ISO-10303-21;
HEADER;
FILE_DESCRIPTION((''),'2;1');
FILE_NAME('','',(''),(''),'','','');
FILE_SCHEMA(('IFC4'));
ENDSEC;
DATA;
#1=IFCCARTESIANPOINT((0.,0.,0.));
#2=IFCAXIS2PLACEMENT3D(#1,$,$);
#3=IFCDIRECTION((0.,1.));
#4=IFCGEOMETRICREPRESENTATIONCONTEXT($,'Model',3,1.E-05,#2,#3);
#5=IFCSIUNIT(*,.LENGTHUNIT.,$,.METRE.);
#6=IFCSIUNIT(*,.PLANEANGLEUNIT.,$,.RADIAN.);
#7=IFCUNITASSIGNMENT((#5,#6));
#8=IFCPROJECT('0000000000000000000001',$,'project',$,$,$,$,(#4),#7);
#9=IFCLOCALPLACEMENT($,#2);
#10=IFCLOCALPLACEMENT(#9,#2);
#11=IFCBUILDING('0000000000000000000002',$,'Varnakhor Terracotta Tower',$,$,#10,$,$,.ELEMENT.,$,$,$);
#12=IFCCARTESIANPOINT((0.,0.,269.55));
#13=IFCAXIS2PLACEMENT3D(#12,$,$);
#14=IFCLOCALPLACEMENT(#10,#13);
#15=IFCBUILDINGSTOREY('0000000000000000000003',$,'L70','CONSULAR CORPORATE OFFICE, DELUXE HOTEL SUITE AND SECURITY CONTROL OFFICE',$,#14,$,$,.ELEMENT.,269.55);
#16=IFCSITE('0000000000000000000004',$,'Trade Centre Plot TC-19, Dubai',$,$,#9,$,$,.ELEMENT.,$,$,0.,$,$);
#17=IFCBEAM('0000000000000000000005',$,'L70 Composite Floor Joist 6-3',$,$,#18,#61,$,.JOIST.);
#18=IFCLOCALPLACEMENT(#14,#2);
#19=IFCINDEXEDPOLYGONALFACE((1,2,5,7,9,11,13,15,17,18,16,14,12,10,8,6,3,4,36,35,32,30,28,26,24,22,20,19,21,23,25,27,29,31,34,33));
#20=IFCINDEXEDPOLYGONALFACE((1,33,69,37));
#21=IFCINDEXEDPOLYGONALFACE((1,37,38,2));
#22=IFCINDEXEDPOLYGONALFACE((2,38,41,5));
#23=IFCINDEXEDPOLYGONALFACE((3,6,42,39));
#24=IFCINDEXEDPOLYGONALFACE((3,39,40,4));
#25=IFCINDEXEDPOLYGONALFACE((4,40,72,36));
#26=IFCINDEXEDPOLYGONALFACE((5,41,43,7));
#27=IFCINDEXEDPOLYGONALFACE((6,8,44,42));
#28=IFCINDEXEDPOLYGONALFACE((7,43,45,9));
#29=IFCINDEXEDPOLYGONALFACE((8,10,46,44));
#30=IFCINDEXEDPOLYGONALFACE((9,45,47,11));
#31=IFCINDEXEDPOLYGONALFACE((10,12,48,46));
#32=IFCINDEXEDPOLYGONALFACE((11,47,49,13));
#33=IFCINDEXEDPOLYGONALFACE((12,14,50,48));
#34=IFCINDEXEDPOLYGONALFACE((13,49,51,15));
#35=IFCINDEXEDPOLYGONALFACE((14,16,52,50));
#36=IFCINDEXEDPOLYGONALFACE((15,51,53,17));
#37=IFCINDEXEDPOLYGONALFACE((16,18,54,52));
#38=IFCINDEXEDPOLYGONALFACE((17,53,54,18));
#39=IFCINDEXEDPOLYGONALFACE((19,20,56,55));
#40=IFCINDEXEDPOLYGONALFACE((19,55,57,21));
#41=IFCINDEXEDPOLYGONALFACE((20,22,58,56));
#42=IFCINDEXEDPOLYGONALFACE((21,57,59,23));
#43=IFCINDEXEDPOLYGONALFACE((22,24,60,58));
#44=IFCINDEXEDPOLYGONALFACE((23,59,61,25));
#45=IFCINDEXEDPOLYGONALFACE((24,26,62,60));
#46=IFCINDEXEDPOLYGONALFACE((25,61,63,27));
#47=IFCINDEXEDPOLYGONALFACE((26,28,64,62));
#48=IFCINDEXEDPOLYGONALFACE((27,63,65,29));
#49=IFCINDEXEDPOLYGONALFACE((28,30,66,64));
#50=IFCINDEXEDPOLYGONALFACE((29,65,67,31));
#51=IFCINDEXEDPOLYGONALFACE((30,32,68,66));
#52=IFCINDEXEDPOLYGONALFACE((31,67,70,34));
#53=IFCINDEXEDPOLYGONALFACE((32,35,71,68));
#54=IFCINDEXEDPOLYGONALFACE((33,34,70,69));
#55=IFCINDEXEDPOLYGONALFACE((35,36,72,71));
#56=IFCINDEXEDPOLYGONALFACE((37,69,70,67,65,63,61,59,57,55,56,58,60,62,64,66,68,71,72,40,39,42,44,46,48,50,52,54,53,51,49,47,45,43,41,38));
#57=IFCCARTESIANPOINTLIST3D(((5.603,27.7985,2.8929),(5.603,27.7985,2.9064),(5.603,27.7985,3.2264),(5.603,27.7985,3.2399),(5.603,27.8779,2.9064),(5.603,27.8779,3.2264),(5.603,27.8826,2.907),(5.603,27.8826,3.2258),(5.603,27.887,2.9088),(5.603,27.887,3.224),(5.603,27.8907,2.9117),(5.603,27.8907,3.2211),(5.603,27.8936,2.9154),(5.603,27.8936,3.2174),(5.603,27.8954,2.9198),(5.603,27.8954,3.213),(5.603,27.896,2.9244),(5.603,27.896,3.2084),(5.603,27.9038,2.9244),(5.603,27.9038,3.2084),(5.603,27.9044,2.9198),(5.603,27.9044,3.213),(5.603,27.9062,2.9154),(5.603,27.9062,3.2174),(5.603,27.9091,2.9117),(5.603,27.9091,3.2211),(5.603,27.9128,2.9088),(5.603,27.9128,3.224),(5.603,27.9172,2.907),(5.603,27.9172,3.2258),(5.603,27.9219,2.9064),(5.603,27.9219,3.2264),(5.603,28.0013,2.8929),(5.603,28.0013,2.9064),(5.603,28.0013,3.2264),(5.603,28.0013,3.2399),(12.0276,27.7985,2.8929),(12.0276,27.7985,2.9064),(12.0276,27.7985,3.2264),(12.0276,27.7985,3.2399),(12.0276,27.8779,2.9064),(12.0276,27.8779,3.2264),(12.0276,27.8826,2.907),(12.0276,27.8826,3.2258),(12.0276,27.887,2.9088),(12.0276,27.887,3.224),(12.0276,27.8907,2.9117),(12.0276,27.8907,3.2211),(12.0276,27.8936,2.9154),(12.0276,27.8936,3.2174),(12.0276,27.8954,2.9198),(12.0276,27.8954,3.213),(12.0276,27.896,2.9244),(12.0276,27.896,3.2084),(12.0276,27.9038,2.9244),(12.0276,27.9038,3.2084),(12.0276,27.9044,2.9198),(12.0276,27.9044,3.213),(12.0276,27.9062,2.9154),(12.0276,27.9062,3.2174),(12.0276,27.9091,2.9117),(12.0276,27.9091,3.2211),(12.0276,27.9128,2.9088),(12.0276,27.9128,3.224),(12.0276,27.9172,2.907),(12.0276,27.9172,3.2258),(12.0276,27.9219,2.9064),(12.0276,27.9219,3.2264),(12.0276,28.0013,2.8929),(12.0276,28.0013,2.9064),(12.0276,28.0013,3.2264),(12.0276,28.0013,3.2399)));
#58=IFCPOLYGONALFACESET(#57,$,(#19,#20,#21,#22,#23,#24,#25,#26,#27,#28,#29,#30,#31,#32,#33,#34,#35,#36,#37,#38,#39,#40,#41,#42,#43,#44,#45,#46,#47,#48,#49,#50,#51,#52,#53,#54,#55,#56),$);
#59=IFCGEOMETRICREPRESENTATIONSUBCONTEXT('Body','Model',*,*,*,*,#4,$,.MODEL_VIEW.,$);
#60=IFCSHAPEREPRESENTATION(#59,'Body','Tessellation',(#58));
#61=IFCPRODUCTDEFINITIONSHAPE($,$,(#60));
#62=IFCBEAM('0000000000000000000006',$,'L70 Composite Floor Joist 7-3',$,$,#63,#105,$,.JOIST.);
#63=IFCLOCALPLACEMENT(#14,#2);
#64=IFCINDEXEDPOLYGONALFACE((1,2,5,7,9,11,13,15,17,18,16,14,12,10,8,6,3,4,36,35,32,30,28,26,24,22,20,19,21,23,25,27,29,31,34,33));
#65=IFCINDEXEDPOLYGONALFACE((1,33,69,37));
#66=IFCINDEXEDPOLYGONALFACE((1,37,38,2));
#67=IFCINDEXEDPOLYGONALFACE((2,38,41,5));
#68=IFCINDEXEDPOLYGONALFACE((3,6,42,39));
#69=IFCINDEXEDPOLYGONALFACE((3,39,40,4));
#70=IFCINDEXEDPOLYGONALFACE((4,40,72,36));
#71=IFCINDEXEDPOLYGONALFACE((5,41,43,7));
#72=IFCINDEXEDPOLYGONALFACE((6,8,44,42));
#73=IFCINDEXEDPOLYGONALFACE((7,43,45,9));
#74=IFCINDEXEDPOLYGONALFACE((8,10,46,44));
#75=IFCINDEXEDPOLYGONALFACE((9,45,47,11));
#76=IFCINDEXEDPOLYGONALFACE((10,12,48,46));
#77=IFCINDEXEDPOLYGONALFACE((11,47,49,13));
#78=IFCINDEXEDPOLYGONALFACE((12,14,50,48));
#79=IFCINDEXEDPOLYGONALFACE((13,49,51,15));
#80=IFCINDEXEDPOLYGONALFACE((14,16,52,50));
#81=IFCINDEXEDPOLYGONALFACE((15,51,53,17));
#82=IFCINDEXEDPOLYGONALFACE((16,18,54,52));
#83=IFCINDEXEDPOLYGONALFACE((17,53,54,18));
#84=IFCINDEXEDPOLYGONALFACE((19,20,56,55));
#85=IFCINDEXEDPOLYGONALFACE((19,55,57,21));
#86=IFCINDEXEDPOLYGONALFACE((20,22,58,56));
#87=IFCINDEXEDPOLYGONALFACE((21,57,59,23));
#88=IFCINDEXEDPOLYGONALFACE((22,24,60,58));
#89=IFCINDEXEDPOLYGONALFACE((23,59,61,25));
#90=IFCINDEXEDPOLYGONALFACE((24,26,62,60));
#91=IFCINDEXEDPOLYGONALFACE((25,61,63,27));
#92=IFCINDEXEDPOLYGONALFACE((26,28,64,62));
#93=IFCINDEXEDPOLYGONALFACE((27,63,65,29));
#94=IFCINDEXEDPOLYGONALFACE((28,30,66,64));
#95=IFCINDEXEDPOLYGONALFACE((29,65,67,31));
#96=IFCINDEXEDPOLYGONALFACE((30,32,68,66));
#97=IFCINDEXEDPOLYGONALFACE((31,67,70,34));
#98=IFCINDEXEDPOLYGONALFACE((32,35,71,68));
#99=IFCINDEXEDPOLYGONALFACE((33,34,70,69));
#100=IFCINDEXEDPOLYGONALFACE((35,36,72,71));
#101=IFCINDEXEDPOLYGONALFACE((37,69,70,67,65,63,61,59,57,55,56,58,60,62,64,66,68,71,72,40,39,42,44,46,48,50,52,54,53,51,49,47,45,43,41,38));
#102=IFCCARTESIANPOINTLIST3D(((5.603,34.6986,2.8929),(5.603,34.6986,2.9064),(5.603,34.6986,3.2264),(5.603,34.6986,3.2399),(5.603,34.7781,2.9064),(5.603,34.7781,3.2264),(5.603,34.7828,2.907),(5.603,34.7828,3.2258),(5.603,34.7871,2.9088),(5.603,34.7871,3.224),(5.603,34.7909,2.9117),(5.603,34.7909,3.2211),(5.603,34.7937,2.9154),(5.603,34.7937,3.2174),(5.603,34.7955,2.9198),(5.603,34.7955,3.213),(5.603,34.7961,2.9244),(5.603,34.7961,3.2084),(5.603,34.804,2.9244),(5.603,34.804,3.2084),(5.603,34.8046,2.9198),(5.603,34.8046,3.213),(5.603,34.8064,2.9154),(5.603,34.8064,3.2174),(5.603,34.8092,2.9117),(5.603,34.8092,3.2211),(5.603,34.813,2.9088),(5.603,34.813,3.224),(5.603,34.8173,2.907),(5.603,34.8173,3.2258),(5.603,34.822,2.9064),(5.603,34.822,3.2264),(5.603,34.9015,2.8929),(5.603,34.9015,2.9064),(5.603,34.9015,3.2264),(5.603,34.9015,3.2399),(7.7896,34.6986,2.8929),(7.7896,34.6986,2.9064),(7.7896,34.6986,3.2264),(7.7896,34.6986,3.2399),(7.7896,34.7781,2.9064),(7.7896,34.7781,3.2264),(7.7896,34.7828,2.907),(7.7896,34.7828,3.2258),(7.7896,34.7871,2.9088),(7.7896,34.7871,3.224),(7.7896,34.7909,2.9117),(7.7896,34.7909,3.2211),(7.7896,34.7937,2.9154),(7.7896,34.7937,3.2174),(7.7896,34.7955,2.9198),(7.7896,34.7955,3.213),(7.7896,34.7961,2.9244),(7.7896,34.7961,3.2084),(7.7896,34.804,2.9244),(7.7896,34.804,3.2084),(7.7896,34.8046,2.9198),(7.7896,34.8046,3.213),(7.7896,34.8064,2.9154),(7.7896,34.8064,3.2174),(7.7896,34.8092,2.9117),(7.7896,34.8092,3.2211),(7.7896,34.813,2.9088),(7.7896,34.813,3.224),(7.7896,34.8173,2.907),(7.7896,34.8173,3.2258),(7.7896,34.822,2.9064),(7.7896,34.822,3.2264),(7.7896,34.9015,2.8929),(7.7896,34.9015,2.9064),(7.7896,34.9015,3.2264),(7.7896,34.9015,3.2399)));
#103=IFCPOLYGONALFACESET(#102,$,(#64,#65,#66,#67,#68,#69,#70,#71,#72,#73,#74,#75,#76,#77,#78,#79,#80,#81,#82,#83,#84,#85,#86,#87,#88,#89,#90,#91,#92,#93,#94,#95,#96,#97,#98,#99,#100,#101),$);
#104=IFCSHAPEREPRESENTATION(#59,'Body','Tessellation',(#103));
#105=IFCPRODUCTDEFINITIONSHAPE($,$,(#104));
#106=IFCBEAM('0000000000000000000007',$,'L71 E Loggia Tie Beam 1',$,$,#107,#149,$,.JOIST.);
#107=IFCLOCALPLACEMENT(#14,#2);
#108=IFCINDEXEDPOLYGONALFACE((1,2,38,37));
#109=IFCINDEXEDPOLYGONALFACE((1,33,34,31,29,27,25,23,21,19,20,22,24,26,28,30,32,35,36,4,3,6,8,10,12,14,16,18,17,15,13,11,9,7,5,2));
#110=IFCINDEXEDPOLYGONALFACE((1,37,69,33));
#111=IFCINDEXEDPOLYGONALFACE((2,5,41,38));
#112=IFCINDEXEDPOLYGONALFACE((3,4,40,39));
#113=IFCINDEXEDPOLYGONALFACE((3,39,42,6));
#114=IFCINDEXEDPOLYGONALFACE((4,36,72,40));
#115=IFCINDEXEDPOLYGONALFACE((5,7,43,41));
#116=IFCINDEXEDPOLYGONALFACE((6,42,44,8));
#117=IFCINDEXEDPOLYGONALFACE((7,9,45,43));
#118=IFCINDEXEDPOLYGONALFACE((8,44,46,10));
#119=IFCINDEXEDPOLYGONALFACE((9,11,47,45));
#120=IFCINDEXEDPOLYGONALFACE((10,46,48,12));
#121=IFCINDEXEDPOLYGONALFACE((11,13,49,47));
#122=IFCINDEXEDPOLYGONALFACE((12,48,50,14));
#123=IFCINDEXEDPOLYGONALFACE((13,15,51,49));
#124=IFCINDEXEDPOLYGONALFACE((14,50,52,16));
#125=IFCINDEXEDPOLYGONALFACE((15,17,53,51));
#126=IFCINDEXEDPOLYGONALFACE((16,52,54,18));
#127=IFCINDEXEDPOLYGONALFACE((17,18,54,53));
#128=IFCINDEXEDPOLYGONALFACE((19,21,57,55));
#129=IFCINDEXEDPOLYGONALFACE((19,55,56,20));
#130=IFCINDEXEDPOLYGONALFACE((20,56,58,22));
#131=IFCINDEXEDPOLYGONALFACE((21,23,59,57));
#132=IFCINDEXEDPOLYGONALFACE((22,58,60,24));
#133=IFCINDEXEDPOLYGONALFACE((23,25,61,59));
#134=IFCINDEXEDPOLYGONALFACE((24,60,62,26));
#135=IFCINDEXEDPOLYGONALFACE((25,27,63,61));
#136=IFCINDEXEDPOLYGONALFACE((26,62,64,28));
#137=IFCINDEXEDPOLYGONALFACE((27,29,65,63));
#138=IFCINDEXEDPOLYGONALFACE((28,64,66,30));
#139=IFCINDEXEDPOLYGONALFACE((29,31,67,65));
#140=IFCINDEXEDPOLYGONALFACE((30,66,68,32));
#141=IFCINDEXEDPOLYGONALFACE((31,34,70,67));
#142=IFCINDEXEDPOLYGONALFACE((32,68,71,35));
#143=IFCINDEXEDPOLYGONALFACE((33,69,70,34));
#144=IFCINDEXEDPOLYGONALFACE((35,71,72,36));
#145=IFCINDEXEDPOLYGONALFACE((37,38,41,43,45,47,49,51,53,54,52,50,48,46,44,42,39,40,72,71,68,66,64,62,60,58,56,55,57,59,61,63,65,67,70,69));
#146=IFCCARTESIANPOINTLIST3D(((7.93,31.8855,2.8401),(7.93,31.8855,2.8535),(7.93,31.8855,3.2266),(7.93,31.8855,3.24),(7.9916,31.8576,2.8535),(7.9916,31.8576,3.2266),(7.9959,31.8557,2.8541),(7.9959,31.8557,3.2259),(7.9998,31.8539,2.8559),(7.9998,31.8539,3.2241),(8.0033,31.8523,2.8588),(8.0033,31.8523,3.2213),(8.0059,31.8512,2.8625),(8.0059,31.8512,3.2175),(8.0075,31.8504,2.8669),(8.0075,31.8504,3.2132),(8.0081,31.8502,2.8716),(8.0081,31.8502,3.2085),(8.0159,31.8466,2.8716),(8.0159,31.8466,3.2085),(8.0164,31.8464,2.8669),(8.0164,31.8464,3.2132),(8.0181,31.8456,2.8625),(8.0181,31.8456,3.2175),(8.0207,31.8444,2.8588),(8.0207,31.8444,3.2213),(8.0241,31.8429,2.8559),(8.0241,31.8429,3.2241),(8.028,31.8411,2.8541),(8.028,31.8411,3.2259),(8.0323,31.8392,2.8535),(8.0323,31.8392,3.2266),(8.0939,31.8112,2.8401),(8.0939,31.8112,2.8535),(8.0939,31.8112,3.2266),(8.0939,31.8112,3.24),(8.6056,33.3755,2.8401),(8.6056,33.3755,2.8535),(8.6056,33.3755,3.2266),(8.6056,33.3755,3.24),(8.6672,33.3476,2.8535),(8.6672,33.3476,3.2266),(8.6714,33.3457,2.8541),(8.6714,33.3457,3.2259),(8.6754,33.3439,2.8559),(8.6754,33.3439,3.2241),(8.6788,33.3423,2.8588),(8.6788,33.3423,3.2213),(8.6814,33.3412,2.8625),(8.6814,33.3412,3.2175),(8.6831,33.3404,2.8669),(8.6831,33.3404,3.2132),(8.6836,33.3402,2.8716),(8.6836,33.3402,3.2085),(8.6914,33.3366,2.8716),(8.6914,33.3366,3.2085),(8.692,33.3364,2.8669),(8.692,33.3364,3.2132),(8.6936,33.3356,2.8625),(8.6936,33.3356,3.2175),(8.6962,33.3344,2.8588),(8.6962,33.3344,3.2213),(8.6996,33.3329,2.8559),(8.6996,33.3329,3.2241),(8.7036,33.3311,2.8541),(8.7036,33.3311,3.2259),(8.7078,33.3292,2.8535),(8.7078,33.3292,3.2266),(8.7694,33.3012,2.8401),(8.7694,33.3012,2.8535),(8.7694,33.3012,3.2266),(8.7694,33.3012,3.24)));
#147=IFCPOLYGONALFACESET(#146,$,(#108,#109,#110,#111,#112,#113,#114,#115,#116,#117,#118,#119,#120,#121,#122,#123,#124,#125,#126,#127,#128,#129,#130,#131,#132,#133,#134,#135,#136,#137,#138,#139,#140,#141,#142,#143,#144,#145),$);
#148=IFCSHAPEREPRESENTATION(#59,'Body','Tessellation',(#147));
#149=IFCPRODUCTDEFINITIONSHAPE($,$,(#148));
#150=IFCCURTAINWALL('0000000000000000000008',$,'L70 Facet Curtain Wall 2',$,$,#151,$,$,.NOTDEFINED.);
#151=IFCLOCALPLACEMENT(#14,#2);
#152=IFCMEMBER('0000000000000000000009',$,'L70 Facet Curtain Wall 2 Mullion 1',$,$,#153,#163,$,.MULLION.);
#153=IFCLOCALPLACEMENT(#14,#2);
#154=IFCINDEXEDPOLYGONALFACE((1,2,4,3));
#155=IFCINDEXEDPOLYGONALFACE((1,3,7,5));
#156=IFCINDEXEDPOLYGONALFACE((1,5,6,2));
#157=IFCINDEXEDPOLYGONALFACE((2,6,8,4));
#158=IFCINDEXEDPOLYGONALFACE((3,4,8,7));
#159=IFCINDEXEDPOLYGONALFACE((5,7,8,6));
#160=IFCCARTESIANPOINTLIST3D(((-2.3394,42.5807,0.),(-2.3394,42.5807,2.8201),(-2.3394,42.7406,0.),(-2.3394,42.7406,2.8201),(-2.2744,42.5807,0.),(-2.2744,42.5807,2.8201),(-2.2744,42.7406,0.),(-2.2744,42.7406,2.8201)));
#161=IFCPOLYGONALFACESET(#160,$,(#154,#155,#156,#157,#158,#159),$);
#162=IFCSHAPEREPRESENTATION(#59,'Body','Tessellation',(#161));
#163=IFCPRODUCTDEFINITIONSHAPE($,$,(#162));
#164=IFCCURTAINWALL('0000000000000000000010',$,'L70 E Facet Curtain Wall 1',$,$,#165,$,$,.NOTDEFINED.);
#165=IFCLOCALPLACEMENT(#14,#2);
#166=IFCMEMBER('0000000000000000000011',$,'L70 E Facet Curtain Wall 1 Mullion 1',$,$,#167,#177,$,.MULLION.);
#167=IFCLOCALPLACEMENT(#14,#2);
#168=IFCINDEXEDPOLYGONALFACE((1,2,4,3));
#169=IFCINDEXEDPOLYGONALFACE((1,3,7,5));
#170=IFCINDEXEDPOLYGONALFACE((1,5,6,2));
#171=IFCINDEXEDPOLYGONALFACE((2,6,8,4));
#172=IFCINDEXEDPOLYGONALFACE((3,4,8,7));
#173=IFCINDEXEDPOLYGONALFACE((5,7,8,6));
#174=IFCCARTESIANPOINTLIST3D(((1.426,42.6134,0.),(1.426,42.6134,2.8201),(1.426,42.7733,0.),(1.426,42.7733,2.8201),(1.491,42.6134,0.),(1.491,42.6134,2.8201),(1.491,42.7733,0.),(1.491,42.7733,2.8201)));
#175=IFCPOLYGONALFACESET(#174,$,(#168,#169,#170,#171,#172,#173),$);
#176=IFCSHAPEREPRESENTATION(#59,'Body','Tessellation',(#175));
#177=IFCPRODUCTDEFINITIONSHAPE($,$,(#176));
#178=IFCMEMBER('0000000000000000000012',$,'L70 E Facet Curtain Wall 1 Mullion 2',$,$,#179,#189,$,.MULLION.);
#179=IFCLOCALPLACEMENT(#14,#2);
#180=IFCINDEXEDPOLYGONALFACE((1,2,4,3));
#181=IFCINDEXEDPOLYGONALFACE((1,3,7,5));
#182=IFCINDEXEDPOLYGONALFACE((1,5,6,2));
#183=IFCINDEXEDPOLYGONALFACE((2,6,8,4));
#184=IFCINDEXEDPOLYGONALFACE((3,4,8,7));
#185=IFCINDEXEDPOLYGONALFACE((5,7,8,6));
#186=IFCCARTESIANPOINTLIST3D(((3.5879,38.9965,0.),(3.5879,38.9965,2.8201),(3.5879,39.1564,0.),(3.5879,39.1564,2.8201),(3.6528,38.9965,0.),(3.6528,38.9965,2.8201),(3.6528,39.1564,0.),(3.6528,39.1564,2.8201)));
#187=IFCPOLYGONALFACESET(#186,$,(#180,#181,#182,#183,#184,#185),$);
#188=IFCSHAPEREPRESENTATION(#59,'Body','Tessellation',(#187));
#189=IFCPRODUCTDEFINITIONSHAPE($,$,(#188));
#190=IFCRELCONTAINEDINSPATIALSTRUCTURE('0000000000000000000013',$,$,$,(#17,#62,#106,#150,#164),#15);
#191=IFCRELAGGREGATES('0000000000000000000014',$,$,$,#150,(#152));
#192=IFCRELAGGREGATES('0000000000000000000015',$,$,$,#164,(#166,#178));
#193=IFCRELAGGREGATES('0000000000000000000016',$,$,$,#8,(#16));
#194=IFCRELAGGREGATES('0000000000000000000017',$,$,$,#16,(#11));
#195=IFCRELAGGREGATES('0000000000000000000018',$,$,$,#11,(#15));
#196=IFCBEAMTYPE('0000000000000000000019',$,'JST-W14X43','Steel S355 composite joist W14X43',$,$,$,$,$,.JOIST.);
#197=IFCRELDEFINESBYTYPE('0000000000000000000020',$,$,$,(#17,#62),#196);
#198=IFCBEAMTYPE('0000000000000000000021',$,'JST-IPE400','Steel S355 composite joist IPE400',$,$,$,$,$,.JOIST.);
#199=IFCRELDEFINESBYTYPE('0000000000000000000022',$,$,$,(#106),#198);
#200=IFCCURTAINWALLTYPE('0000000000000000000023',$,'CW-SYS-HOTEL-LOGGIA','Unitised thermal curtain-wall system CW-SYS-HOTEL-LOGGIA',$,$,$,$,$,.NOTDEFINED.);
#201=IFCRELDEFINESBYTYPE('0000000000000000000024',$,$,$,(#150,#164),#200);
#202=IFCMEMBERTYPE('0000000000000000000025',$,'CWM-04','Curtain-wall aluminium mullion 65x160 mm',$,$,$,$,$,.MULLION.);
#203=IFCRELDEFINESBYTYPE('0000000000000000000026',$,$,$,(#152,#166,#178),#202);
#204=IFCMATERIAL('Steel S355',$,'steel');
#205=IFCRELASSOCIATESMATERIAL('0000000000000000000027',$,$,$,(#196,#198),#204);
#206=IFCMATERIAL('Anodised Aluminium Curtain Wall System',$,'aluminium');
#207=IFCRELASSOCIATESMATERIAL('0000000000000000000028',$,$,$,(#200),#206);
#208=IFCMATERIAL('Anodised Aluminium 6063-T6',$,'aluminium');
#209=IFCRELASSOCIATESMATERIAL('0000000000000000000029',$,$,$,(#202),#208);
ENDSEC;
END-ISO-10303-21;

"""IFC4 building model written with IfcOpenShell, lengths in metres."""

from ifc_helpers import new_model, si_unit, direction, frame, origin, origin_2d, place, context, subcontext, project, spatial, rectangle, i_section, extrude, source, transform, mapped, material, material_profile, profile_set, type_object, type_shapes, element, aggregate, save


model = new_model("IFC4")

# Units and contexts
model_context = context("Model", 3, precision=1e-05, world=origin(), true_north=direction((0.0, 1.0)))
body_context = subcontext(model_context, "Body", "Model", "MODEL_VIEW")
ifc_project = project(units=[si_unit("LENGTHUNIT", "METRE"), si_unit("PLANEANGLEUNIT", "RADIAN")], contexts=[model_context])

# Site, building, storey
site_placement = place(None, origin())
site = spatial("IfcSite", under=ifc_project, at=site_placement, Name="Trade Centre Plot TC-19, Dubai", CompositionType="ELEMENT", RefElevation=0.0)
building_placement = place(site_placement, origin())
building = spatial("IfcBuilding", under=site, at=building_placement, Name="Varnakhor Terracotta Tower", CompositionType="ELEMENT")
storey_placement = place(building_placement, frame((0.0, 0.0, 269.55)))
storey = spatial("IfcBuildingStorey", under=building, at=storey_placement, Name="L70", Description="CONSULAR CORPORATE OFFICE, DELUXE HOTEL SUITE AND SECURITY CONTROL OFFICE", CompositionType="ELEMENT", Elevation=269.55)

# Shared definitions
ifc_material_1 = material(Name="Steel S355", Category="steel")

# Beams
ifc_material_profile_1 = material_profile(ifc_material_1, i_section(OverallWidth=0.2029, OverallDepth=0.3469, WebThickness=0.0078, FlangeThickness=0.0134, FilletRadius=0.0181, at=origin_2d()), Name="W14X43")
ifc_profile_set_1 = profile_set([ifc_material_profile_1], Name="Steel S355")
beam_type_1 = type_object("IfcBeamType", Name="JST-W14X43", Description="Steel S355 composite joist W14X43", PredefinedType="JOIST", material=ifc_profile_set_1)
shared_shape_1 = source(origin(), body_context, "Body", "SweptSolid", [
    extrude(i_section(OverallWidth=0.2029, OverallDepth=0.3469, WebThickness=0.0078, FlangeThickness=0.0134, FilletRadius=0.0181, at=origin_2d()), origin(), (0.0, 0.0, 1.0), 6.4246),
])
beam_1_placement = place(storey_placement, frame((5.603, 27.8999, 3.0664), z_axis=(1.0, 0.0, 0.0), x_axis=(0.0, 1.0, 0.0)))
element("IfcBeam", 1, at=beam_1_placement, inside=storey, type_object=beam_type_1, Name="L70 Composite Floor Joist 6-3", PredefinedType="JOIST", context=body_context, shape_type="MappedRepresentation", body=[
    mapped(shared_shape_1, transform((0.0, 0.0, 0.0), scale=1.0)),
])
shared_shape_2 = source(origin(), body_context, "Body", "SweptSolid", [
    extrude(i_section(OverallWidth=0.2029, OverallDepth=0.3469, WebThickness=0.0078, FlangeThickness=0.0134, FilletRadius=0.0181, at=origin_2d()), origin(), (0.0, 0.0, 1.0), 2.1865),
])
beam_2_placement = place(storey_placement, frame((5.603, 34.8, 3.0664), z_axis=(1.0, 0.0, 0.0), x_axis=(0.0, 1.0, 0.0)))
element("IfcBeam", 2, at=beam_2_placement, inside=storey, type_object=beam_type_1, Name="L70 Composite Floor Joist 7-3", PredefinedType="JOIST", context=body_context, shape_type="MappedRepresentation", body=[
    mapped(shared_shape_2, transform((0.0, 0.0, 0.0), scale=1.0)),
])
ifc_material_profile_2 = material_profile(ifc_material_1, i_section(OverallWidth=0.1799, OverallDepth=0.3999, WebThickness=0.0085, FlangeThickness=0.0134, FilletRadius=0.0181, at=origin_2d()), Name="IPE400")
ifc_profile_set_2 = profile_set([ifc_material_profile_2], Name="Steel S355")
beam_type_2 = type_object("IfcBeamType", Name="JST-IPE400", Description="Steel S355 composite joist IPE400", PredefinedType="JOIST", material=ifc_profile_set_2)
shared_shape_3 = source(origin(), body_context, "Body", "SweptSolid", [
    extrude(i_section(OverallWidth=0.1799, OverallDepth=0.3999, WebThickness=0.0085, FlangeThickness=0.0134, FilletRadius=0.0181, at=origin_2d()), origin(), (0.0, 0.0, 1.0), 1.636),
])
beam_3_placement = place(storey_placement, frame((8.012, 31.8484, 3.04), z_axis=(0.412926, 0.910765, 0.0), x_axis=(-0.910765, 0.412926, 0.0)))
element("IfcBeam", 3, at=beam_3_placement, inside=storey, type_object=beam_type_2, Name="L71 E Loggia Tie Beam 1", PredefinedType="JOIST", context=body_context, shape_type="MappedRepresentation", body=[
    mapped(shared_shape_3, transform((0.0, 0.0, 0.0), scale=1.0)),
])

# Curtain wall, member
ifc_material_2 = material(Name="Anodised Aluminium Curtain Wall System", Category="aluminium")
curtain_wall_type = type_object("IfcCurtainWallType", Name="CW-SYS-HOTEL-LOGGIA", Description="Unitised thermal curtain-wall system CW-SYS-HOTEL-LOGGIA", PredefinedType="NOTDEFINED", material=ifc_material_2)
curtain_wall_1_placement = place(storey_placement, origin())
curtain_wall_1 = element("IfcCurtainWall", 4, at=curtain_wall_1_placement, inside=storey, type_object=curtain_wall_type, Name="L70 Facet Curtain Wall 2", PredefinedType="NOTDEFINED")
ifc_material_3 = material(Name="Anodised Aluminium 6063-T6", Category="aluminium")
ifc_material_profile_3 = material_profile(ifc_material_3, rectangle(XDim=0.0649, YDim=0.1599, at=origin_2d()), Name="ALU MULLION 65x160")
ifc_profile_set_3 = profile_set([ifc_material_profile_3], Name="Anodised Aluminium 6063-T6")
member_type_1 = type_object("IfcMemberType", Name="CWM-04", Description="Curtain-wall aluminium mullion 65x160 mm", PredefinedType="MULLION", material=ifc_profile_set_3)
shared_shape_4 = source(origin(), body_context, "Body", "SweptSolid", [
    extrude(rectangle(XDim=0.0649, YDim=0.1599, at=origin_2d()), origin(), (0.0, 0.0, 1.0), 2.8201),
])
type_shapes(member_type_1, [shared_shape_4])
member_1_placement = place(storey_placement, frame((-2.3069, 42.6606, 0.0), z_axis=(0.0, 0.0, 1.0), x_axis=(1.0, 0.0, 0.0)))
member_1 = element("IfcMember", 5, at=member_1_placement, type_object=member_type_1, Name="L70 Facet Curtain Wall 2 Mullion 1", PredefinedType="MULLION", context=body_context, shape_type="MappedRepresentation", body=[
    mapped(shared_shape_4, transform((0.0, 0.0, 0.0), scale=1.0)),
])

# Curtain wall, members
curtain_wall_2_placement = place(storey_placement, origin())
curtain_wall_2 = element("IfcCurtainWall", 6, at=curtain_wall_2_placement, inside=storey, type_object=curtain_wall_type, Name="L70 E Facet Curtain Wall 1", PredefinedType="NOTDEFINED")
member_2_placement = place(storey_placement, frame((1.4585, 42.6934, 0.0), z_axis=(0.0, 0.0, 1.0), x_axis=(1.0, 0.0, 0.0)))
member_2 = element("IfcMember", 7, at=member_2_placement, type_object=member_type_1, Name="L70 E Facet Curtain Wall 1 Mullion 1", PredefinedType="MULLION", context=body_context, shape_type="MappedRepresentation", body=[
    mapped(shared_shape_4, transform((0.0, 0.0, 0.0), scale=1.0)),
])
member_3_placement = place(storey_placement, frame((3.6204, 39.0764, 0.0), z_axis=(0.0, 0.0, 1.0), x_axis=(1.0, 0.0, 0.0)))
member_3 = element("IfcMember", 8, at=member_3_placement, type_object=member_type_1, Name="L70 E Facet Curtain Wall 1 Mullion 2", PredefinedType="MULLION", context=body_context, shape_type="MappedRepresentation", body=[
    mapped(shared_shape_4, transform((0.0, 0.0, 0.0), scale=1.0)),
])

aggregate(curtain_wall_1, [member_1])
aggregate(curtain_wall_2, [member_2, member_3])

save(model, "model.ifc")
